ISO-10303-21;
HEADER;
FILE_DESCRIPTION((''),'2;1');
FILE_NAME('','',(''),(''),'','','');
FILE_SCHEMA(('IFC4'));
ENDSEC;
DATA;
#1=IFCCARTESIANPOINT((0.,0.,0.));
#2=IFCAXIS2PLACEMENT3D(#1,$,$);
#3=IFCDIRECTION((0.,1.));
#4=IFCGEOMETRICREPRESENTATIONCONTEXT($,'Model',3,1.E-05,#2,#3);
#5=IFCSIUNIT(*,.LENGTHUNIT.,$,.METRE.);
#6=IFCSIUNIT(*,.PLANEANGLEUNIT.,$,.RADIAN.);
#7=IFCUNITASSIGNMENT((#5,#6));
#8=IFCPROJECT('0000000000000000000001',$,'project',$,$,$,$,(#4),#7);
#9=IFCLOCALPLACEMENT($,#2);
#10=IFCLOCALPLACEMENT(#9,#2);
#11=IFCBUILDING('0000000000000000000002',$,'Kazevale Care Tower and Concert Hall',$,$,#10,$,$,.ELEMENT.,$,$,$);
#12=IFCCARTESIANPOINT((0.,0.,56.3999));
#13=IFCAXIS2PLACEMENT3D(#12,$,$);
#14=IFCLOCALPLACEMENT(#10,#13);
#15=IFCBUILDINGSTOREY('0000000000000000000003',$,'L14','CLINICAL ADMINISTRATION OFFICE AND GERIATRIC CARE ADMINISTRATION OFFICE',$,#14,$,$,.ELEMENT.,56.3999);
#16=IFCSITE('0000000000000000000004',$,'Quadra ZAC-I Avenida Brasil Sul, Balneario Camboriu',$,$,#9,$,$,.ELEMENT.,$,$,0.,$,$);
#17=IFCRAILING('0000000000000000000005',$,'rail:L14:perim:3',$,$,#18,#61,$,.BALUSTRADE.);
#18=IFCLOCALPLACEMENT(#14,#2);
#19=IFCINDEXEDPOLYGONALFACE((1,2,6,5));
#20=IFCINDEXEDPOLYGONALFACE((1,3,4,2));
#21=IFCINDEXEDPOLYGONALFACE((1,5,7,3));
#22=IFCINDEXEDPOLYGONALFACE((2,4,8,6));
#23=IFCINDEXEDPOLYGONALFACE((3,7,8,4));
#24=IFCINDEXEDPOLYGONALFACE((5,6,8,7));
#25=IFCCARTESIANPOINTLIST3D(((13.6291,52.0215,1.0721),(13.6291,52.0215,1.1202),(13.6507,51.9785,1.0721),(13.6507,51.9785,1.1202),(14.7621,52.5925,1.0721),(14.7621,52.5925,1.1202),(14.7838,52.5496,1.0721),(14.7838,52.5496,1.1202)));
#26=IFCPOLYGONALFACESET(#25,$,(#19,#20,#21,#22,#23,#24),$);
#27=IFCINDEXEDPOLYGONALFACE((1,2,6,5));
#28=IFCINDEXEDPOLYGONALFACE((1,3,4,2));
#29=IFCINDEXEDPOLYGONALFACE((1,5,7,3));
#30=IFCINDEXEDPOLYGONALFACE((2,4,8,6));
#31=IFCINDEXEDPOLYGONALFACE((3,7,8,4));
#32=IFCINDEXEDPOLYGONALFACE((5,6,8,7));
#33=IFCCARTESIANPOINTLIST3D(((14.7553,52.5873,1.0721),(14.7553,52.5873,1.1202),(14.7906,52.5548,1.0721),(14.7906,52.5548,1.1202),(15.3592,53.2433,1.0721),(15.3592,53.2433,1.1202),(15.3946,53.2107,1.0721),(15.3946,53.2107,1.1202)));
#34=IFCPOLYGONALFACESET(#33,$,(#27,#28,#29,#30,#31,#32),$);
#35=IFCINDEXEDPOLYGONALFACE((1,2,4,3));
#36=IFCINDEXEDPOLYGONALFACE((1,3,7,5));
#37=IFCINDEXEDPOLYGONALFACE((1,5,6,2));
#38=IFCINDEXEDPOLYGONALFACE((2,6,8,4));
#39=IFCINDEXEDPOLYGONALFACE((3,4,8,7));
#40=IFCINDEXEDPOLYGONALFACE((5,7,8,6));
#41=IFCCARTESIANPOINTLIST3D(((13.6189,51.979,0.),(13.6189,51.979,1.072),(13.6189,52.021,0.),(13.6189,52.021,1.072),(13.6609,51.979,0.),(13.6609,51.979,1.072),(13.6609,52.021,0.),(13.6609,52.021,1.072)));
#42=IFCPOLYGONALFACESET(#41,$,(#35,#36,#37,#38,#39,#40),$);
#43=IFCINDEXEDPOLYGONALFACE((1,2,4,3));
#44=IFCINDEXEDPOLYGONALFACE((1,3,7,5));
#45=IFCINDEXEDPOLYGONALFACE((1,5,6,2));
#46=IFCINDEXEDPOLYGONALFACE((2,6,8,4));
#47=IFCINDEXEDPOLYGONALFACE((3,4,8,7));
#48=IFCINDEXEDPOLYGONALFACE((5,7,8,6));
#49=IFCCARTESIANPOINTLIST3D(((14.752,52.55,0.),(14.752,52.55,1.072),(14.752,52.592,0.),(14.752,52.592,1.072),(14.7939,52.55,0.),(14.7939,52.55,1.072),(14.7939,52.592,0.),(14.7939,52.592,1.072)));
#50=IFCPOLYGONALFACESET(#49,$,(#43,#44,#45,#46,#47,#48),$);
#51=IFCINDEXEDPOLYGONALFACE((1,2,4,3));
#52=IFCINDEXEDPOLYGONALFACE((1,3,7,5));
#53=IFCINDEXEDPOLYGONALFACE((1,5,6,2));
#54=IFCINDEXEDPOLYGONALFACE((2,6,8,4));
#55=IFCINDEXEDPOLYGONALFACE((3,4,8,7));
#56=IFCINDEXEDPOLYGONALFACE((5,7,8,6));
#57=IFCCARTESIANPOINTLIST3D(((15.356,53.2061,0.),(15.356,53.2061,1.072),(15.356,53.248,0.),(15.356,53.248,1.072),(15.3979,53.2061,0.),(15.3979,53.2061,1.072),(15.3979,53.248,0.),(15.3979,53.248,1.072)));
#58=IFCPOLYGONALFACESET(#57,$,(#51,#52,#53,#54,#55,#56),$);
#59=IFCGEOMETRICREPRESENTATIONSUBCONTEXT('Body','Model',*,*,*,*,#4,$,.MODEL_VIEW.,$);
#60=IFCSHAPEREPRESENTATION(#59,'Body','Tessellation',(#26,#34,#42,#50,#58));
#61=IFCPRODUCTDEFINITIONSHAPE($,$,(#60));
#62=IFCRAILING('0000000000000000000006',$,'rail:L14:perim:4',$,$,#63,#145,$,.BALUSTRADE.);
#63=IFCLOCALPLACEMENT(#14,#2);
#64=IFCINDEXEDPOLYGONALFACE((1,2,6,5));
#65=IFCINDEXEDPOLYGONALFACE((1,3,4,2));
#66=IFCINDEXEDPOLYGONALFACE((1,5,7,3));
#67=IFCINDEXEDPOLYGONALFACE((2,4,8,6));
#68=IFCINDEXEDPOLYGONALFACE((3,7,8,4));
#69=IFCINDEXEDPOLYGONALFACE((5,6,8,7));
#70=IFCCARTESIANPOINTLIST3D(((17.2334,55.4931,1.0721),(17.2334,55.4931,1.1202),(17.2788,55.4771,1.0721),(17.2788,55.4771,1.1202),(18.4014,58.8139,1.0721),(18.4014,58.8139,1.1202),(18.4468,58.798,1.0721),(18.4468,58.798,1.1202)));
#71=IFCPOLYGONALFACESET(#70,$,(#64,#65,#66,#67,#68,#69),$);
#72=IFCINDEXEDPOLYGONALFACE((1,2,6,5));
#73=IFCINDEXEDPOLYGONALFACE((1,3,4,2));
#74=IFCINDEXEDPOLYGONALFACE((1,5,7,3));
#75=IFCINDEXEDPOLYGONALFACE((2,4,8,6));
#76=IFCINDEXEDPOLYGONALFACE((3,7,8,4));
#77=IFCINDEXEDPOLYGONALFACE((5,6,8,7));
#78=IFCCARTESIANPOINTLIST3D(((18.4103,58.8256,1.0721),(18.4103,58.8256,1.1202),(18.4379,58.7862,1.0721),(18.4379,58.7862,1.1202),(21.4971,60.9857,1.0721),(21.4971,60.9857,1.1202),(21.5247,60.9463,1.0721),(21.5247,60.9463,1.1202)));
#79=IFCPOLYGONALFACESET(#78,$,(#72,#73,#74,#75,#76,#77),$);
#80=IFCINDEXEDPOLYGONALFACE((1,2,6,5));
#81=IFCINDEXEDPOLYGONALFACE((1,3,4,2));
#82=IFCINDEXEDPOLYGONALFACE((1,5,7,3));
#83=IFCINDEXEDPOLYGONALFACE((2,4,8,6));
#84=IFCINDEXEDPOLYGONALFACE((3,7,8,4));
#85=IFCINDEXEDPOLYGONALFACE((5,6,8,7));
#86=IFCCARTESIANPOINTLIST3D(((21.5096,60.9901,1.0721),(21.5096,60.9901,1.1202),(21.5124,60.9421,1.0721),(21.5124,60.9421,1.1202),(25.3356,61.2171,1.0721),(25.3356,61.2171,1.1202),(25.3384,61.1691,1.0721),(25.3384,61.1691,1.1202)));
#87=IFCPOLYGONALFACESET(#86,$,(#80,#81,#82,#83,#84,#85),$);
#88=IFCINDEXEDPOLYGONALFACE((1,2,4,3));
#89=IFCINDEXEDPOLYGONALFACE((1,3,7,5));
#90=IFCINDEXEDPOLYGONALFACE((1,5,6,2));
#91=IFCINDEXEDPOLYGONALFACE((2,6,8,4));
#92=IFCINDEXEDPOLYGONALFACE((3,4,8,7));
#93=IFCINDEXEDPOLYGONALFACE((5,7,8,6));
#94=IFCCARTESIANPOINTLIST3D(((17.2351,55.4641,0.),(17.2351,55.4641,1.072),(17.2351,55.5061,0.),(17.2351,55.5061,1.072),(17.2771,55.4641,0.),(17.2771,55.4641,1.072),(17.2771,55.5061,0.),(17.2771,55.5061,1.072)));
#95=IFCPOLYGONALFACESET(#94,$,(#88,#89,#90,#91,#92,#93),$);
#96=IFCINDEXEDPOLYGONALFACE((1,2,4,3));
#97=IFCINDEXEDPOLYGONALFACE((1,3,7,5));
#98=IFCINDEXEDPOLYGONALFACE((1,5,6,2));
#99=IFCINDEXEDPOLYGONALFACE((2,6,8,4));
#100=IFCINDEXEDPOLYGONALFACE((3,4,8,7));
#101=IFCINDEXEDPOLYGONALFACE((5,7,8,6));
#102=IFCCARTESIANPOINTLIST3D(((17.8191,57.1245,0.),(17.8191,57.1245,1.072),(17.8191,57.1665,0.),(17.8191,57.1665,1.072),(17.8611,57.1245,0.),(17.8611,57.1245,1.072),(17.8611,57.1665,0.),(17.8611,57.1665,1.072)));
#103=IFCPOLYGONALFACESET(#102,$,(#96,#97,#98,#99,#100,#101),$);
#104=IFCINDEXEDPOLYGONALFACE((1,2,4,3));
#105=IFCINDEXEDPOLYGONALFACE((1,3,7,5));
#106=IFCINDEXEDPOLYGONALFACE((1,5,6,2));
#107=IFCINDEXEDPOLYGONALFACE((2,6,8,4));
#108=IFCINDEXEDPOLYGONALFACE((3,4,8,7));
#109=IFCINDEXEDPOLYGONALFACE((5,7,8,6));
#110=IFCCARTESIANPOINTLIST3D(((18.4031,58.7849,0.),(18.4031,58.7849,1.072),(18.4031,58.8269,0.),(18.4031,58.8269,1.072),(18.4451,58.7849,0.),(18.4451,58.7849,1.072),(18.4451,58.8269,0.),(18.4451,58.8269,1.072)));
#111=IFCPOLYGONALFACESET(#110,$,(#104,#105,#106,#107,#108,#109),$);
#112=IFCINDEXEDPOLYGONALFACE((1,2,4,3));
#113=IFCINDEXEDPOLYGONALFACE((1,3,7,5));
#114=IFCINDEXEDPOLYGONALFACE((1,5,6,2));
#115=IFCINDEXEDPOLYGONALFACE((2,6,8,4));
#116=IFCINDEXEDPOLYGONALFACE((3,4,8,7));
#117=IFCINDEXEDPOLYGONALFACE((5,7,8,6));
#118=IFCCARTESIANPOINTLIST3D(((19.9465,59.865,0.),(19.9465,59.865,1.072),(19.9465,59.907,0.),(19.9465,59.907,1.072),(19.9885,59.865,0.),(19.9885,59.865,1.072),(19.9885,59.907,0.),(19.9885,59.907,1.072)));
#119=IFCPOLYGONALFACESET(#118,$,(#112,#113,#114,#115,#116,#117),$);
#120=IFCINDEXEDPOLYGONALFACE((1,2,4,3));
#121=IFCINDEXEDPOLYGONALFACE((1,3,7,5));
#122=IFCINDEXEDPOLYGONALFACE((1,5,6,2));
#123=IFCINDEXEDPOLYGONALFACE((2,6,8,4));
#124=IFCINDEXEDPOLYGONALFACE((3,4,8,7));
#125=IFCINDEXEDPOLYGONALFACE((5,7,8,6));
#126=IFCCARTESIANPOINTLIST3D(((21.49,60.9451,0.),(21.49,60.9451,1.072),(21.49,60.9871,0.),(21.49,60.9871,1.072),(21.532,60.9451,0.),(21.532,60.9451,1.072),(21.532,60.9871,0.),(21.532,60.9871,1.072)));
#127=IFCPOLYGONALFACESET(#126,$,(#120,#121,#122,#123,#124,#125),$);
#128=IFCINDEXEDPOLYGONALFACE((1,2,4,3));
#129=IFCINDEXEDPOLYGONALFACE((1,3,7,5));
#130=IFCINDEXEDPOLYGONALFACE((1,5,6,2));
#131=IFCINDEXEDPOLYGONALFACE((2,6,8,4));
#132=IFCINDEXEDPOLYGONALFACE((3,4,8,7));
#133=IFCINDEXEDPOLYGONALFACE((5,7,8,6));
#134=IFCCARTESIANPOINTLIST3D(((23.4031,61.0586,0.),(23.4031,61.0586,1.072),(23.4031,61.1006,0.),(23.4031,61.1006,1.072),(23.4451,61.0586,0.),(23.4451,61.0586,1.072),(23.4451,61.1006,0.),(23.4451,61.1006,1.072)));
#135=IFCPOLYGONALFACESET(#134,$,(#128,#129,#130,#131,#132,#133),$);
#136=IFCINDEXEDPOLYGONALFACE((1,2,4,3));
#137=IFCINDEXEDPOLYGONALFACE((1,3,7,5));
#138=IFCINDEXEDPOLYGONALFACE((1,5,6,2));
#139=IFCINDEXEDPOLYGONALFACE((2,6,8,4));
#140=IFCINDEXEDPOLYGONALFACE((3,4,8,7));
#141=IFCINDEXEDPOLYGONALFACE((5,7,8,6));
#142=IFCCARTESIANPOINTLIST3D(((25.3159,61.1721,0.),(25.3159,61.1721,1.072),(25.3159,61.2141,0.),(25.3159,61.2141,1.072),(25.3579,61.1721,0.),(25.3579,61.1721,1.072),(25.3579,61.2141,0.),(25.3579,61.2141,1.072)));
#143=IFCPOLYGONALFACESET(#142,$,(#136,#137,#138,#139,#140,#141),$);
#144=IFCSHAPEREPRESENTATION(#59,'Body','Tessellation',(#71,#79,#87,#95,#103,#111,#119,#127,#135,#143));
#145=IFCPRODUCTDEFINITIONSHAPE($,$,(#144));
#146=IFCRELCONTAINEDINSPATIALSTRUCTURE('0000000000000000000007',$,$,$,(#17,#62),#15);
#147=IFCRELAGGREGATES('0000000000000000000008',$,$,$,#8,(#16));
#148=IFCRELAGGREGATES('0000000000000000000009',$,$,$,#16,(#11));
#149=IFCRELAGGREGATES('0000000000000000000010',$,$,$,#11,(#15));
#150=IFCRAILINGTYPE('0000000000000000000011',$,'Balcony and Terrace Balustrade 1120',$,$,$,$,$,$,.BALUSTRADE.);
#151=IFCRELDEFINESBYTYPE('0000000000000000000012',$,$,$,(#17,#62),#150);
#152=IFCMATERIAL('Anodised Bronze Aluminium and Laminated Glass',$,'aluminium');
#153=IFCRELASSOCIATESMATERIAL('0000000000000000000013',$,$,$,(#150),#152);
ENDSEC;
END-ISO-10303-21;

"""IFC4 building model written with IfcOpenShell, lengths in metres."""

from ifc_helpers import new_model, si_unit, direction, frame, origin, origin_2d, place, context, subcontext, project, spatial, rectangle, extrude, material, type_object, element, save


model = new_model("IFC4")

# Units and contexts
model_context = context("Model", 3, precision=1e-05, world=origin(), true_north=direction((0.0, 1.0)))
body_context = subcontext(model_context, "Body", "Model", "MODEL_VIEW")
ifc_project = project(units=[si_unit("LENGTHUNIT", "METRE"), si_unit("PLANEANGLEUNIT", "RADIAN")], contexts=[model_context])

# Site, building, storey
site_placement = place(None, origin())
site = spatial("IfcSite", under=ifc_project, at=site_placement, Name="Quadra ZAC-I Avenida Brasil Sul, Balneario Camboriu", CompositionType="ELEMENT", RefElevation=0.0)
building_placement = place(site_placement, origin())
building = spatial("IfcBuilding", under=site, at=building_placement, Name="Kazevale Care Tower and Concert Hall", CompositionType="ELEMENT")
storey_placement = place(building_placement, frame((0.0, 0.0, 56.3999)))
storey = spatial("IfcBuildingStorey", under=building, at=storey_placement, Name="L14", Description="CLINICAL ADMINISTRATION OFFICE AND GERIATRIC CARE ADMINISTRATION OFFICE", CompositionType="ELEMENT", Elevation=56.3999)

# Railings
ifc_material_1 = material(Name="Anodised Bronze Aluminium and Laminated Glass", Category="aluminium")
railing_type = type_object("IfcRailingType", Name="Balcony and Terrace Balustrade 1120", PredefinedType="BALUSTRADE", material=ifc_material_1)
railing_1_placement = place(storey_placement, frame((13.6399, 52.0, 0.0)))
element("IfcRailing", 1, at=railing_1_placement, inside=storey, type_object=railing_type, Name="rail:L14:perim:3", PredefinedType="BALUSTRADE", context=body_context, shape_type="SweptSolid", body=[
    extrude(rectangle(XDim=0.0481, YDim=0.0481, at=origin_2d()), frame((0.0, 0.0, 1.0962), z_axis=(0.892999, 0.450059, 0.0), x_axis=(-0.450059, 0.892999, 0.0)), (0.0, 0.0, 1.0), 1.2688),
    extrude(rectangle(XDim=0.0481, YDim=0.0481, at=origin_2d()), frame((1.1331, 0.571, 1.0962), z_axis=(0.677347, 0.735664, 0.0), x_axis=(-0.735664, 0.677347, 0.0)), (0.0, 0.0, 1.0), 0.8916),
    extrude(rectangle(XDim=0.042, YDim=0.042, at=origin_2d()), origin(), (0.0, 0.0, 1.0), 1.072),
    extrude(rectangle(XDim=0.042, YDim=0.042, at=origin_2d()), frame((1.1331, 0.571, 0.0)), (0.0, 0.0, 1.0), 1.072),
    extrude(rectangle(XDim=0.042, YDim=0.042, at=origin_2d()), frame((1.7371, 1.2271, 0.0)), (0.0, 0.0, 1.0), 1.072),
])
railing_2_placement = place(storey_placement, frame((17.2561, 55.4851, 0.0)))
element("IfcRailing", 2, at=railing_2_placement, inside=storey, type_object=railing_type, Name="rail:L14:perim:4", PredefinedType="BALUSTRADE", context=body_context, shape_type="SweptSolid", body=[
    extrude(rectangle(XDim=0.0481, YDim=0.0481, at=origin_2d()), frame((0.0, 0.0, 1.0962), z_axis=(0.33179, 0.943353, 0.0), x_axis=(-0.943353, 0.33179, 0.0)), (0.0, 0.0, 1.0), 3.5203),
    extrude(rectangle(XDim=0.0481, YDim=0.0481, at=origin_2d()), frame((1.168, 3.3208, 1.0962), z_axis=(0.819317, 0.573341, 0.0), x_axis=(-0.573341, 0.819317, 0.0)), (0.0, 0.0, 1.0), 3.7676),
    extrude(rectangle(XDim=0.0481, YDim=0.0481, at=origin_2d()), frame((4.2549, 5.481, 1.0962), z_axis=(0.998244, 0.059241, 0.0), x_axis=(-0.059241, 0.998244, 0.0)), (0.0, 0.0, 1.0), 3.8328),
    extrude(rectangle(XDim=0.042, YDim=0.042, at=origin_2d()), origin(), (0.0, 0.0, 1.0), 1.072),
    extrude(rectangle(XDim=0.042, YDim=0.042, at=origin_2d()), frame((0.584, 1.6604, 0.0)), (0.0, 0.0, 1.0), 1.072),
    extrude(rectangle(XDim=0.042, YDim=0.042, at=origin_2d()), frame((1.168, 3.3208, 0.0)), (0.0, 0.0, 1.0), 1.072),
    extrude(rectangle(XDim=0.042, YDim=0.042, at=origin_2d()), frame((2.7114, 4.4009, 0.0)), (0.0, 0.0, 1.0), 1.072),
    extrude(rectangle(XDim=0.042, YDim=0.042, at=origin_2d()), frame((4.2549, 5.481, 0.0)), (0.0, 0.0, 1.0), 1.072),
    extrude(rectangle(XDim=0.042, YDim=0.042, at=origin_2d()), frame((6.168, 5.5945, 0.0)), (0.0, 0.0, 1.0), 1.072),
    extrude(rectangle(XDim=0.042, YDim=0.042, at=origin_2d()), frame((8.0808, 5.708, 0.0)), (0.0, 0.0, 1.0), 1.072),
])

save(model, "model.ifc")
